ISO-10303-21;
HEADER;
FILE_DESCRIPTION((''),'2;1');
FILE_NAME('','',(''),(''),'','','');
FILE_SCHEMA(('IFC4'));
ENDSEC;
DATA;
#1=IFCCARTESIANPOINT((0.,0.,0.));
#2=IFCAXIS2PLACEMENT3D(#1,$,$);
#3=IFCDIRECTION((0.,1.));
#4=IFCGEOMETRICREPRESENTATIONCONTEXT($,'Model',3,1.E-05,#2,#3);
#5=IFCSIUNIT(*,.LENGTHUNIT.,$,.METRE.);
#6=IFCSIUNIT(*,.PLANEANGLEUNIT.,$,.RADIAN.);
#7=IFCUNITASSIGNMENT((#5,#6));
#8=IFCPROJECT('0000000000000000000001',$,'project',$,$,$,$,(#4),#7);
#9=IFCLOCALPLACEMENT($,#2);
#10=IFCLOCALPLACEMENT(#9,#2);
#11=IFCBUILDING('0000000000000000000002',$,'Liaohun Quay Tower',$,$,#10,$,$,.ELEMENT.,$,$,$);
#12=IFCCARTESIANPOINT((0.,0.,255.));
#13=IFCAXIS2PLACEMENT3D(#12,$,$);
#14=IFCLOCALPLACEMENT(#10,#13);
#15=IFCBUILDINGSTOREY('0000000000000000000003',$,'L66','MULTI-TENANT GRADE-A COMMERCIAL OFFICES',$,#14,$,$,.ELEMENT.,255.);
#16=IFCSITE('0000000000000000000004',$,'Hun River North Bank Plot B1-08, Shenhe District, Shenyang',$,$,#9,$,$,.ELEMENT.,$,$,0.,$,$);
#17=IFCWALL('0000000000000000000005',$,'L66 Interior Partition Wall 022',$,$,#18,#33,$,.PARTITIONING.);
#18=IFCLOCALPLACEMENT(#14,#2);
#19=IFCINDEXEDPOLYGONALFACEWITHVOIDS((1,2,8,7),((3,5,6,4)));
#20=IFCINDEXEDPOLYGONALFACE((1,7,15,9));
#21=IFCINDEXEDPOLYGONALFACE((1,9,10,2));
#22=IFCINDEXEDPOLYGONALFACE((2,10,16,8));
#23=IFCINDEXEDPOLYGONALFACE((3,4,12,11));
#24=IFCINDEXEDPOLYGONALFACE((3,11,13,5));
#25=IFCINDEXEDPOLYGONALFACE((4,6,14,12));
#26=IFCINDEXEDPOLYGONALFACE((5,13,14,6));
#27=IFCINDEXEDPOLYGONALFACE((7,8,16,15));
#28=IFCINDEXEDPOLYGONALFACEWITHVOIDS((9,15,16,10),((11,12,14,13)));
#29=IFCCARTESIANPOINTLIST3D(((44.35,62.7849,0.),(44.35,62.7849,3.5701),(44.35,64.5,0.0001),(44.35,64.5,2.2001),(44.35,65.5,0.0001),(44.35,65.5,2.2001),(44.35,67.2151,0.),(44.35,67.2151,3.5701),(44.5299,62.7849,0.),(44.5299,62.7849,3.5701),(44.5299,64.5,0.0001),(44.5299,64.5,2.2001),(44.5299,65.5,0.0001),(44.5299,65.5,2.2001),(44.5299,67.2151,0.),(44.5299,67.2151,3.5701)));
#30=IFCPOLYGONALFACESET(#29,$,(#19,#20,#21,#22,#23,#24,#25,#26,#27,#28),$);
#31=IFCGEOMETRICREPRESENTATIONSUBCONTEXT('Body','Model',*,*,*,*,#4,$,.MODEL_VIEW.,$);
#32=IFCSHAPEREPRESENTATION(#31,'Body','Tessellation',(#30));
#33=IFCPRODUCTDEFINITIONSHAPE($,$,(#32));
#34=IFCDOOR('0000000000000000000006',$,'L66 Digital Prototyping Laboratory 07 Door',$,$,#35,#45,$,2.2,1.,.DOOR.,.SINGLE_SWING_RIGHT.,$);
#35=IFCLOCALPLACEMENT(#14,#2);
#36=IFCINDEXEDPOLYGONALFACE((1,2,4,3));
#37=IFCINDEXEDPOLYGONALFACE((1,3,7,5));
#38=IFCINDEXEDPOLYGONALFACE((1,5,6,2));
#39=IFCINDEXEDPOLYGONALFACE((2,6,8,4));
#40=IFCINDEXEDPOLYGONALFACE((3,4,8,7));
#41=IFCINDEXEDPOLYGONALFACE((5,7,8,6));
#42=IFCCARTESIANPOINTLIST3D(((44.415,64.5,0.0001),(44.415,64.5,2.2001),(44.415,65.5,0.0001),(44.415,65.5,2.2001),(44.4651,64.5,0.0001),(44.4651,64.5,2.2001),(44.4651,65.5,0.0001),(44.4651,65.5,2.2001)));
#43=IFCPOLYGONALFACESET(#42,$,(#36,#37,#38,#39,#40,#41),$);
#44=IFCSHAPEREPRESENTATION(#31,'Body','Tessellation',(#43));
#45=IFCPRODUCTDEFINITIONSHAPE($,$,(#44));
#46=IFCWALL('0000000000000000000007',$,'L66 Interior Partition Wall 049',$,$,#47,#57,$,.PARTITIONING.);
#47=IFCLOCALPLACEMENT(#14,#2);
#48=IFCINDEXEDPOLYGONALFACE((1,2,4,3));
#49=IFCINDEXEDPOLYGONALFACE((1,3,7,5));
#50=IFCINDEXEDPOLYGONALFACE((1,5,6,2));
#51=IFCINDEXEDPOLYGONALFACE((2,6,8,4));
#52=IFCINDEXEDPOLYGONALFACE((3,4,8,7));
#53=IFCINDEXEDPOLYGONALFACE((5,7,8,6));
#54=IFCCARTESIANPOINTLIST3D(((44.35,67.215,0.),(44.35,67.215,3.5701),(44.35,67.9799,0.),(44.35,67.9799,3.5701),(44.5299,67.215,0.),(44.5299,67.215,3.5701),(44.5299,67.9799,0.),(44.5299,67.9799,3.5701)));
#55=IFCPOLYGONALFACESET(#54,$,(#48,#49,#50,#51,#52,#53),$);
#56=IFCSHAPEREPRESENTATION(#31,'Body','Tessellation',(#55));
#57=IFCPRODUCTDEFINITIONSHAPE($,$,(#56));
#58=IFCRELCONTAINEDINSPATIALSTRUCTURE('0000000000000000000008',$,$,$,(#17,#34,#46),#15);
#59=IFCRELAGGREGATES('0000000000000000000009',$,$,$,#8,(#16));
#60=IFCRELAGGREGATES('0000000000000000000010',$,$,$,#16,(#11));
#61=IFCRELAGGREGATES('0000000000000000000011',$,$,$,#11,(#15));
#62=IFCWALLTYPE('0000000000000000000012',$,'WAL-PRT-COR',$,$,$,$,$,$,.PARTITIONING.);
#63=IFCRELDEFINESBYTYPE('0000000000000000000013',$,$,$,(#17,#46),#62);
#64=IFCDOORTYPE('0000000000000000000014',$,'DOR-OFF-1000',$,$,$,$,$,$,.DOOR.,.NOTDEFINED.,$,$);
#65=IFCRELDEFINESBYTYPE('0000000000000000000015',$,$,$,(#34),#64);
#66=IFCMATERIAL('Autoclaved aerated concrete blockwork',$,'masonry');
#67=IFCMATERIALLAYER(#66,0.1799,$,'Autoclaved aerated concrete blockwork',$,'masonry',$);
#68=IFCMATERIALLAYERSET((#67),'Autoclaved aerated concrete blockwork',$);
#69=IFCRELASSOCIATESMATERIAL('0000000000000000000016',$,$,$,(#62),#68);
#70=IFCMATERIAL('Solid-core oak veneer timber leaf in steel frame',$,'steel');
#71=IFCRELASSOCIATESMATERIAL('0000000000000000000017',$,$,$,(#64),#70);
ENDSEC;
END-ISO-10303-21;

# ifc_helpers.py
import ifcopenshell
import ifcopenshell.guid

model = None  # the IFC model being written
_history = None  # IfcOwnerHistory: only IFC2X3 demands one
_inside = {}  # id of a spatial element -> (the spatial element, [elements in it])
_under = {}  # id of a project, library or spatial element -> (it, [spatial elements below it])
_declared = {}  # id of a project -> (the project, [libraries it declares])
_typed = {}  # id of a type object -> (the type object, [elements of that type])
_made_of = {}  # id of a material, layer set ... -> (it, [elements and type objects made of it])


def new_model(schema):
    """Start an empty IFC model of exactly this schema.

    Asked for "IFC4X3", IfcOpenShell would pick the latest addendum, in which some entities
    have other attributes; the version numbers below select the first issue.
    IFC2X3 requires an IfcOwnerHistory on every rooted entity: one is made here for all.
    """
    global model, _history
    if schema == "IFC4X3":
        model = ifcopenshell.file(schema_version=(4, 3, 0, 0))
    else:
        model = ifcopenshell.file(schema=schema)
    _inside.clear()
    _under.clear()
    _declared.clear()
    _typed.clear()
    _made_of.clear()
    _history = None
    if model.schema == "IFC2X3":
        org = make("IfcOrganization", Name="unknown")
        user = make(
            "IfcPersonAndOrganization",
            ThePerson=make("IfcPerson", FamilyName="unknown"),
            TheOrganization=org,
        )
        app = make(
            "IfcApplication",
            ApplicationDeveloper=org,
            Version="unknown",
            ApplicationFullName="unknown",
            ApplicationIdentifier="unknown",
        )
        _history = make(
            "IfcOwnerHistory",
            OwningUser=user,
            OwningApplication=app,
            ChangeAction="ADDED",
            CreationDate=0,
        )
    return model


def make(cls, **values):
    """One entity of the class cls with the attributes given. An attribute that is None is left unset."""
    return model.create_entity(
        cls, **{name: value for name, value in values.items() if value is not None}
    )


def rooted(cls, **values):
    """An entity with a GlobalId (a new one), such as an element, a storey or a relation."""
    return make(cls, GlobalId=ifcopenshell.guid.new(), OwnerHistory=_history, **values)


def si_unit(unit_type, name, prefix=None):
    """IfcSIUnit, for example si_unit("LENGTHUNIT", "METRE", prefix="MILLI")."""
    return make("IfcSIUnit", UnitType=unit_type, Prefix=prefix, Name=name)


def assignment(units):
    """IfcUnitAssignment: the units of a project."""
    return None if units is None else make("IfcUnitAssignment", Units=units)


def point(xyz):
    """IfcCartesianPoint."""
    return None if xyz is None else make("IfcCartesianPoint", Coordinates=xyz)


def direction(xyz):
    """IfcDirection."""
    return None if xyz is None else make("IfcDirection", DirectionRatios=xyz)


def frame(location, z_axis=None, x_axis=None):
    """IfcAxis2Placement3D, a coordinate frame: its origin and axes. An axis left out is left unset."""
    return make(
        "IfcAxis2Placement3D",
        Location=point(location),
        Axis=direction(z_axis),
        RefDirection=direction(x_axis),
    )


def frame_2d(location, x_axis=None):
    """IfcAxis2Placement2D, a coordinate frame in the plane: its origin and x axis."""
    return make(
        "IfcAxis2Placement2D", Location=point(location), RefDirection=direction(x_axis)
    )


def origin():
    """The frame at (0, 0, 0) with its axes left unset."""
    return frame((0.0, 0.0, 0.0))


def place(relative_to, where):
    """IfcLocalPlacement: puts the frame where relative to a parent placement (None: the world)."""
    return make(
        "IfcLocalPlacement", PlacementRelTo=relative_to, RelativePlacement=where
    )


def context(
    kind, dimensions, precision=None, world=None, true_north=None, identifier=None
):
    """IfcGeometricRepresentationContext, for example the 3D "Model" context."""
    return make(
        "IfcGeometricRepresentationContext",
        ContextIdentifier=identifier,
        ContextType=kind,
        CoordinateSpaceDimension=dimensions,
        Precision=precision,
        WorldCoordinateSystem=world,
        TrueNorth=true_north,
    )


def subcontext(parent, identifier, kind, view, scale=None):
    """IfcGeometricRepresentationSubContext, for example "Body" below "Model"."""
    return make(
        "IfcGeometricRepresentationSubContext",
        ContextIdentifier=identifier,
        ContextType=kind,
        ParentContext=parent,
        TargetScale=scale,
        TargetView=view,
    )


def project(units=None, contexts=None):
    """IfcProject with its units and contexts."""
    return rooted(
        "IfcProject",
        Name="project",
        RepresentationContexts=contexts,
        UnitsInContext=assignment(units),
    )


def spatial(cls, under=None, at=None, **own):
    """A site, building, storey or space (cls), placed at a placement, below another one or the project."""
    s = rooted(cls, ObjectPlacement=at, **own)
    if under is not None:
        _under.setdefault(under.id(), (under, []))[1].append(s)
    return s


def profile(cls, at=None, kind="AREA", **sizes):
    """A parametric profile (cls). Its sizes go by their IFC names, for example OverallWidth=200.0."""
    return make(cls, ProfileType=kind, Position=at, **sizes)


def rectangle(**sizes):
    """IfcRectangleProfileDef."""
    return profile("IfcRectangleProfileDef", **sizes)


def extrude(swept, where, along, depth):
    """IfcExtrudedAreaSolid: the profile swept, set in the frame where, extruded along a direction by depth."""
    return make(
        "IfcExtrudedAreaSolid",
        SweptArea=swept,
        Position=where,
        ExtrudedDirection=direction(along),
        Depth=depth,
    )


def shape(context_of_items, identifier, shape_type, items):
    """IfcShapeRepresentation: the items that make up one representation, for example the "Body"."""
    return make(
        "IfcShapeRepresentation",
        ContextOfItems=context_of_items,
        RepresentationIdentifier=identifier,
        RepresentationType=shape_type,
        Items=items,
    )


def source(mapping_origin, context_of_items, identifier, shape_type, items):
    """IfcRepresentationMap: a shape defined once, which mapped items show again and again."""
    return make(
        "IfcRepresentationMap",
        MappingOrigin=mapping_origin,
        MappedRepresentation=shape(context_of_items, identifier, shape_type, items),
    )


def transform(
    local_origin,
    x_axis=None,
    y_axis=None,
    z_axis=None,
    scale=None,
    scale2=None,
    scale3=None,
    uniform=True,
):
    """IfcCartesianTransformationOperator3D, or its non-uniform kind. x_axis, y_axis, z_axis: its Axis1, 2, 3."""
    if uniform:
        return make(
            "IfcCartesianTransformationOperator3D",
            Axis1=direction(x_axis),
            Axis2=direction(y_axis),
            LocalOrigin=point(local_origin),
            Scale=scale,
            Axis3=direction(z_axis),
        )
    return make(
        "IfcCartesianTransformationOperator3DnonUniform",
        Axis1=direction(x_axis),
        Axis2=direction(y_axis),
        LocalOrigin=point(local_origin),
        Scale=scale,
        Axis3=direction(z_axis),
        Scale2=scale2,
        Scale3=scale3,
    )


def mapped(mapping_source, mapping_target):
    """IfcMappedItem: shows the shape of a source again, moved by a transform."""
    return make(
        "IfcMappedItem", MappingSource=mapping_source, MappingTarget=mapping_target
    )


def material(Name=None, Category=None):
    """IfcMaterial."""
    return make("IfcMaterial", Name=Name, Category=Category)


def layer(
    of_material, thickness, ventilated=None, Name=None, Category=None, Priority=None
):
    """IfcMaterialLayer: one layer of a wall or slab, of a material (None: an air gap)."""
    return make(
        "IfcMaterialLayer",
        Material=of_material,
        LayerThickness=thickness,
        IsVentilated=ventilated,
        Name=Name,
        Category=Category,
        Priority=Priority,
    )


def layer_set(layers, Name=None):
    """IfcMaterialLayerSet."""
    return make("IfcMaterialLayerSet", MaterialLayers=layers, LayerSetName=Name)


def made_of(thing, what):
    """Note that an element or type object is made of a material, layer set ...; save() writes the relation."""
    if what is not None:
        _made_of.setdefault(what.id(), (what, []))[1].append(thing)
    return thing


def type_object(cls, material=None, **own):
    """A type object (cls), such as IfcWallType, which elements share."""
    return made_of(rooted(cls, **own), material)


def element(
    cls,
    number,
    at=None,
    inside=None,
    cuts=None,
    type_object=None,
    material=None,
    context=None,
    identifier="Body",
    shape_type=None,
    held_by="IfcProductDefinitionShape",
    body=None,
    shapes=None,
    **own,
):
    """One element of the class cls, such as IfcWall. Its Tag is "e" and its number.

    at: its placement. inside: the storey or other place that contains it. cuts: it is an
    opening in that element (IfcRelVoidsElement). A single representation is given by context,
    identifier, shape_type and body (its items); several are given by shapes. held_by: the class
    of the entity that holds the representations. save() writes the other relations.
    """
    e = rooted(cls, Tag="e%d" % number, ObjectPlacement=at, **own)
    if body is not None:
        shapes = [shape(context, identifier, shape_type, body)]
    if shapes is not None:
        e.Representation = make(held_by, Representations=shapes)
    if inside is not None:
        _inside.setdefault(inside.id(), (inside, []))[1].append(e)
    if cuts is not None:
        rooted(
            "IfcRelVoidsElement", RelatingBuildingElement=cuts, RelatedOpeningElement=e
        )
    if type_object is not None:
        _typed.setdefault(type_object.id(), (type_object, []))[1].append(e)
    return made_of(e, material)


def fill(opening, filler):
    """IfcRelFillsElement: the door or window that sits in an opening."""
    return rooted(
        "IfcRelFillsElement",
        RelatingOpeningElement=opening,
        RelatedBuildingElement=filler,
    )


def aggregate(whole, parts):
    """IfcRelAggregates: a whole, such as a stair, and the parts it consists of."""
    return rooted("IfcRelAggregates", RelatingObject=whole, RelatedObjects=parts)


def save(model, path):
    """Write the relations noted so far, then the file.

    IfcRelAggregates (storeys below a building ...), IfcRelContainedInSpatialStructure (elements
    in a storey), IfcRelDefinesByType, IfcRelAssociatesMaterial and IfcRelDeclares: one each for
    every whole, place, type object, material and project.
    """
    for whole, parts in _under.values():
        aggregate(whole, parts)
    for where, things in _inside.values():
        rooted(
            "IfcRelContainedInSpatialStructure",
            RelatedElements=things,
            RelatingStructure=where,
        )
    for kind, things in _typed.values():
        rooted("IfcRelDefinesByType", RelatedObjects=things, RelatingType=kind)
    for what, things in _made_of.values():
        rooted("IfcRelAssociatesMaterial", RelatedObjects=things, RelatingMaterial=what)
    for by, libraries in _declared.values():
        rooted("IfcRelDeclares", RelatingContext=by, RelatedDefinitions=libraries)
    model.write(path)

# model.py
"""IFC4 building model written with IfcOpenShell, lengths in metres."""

from ifc_helpers import new_model, si_unit, direction, frame, frame_2d, origin, place, context, subcontext, project, spatial, rectangle, extrude, source, transform, mapped, material, layer, layer_set, type_object, element, fill, save


model = new_model("IFC4")

# Units and contexts
model_context = context("Model", 3, precision=1e-05, world=origin(), true_north=direction((0.0, 1.0)))
body_context = subcontext(model_context, "Body", "Model", "MODEL_VIEW")
ifc_project = project(units=[si_unit("LENGTHUNIT", "METRE"), si_unit("PLANEANGLEUNIT", "RADIAN")], contexts=[model_context])

# Site, building, storey
site_placement = place(None, origin())
site = spatial("IfcSite", under=ifc_project, at=site_placement, Name="Hun River North Bank Plot B1-08, Shenhe District, Shenyang", CompositionType="ELEMENT", RefElevation=0.0)
building_placement = place(site_placement, origin())
building = spatial("IfcBuilding", under=site, at=building_placement, Name="Liaohun Quay Tower", CompositionType="ELEMENT")
storey_placement = place(building_placement, frame((0.0, 0.0, 255.0)))
storey = spatial("IfcBuildingStorey", under=building, at=storey_placement, Name="L66", Description="MULTI-TENANT GRADE-A COMMERCIAL OFFICES", CompositionType="ELEMENT", Elevation=255.0)

# Wall, opening, door
ifc_material_1 = material(Name="Autoclaved aerated concrete blockwork", Category="masonry")
ifc_layer_1 = layer(ifc_material_1, 0.1799, Name="Autoclaved aerated concrete blockwork", Category="masonry")
ifc_layer_set_1 = layer_set([ifc_layer_1], Name="Autoclaved aerated concrete blockwork")
wall_type_1 = type_object("IfcWallType", Name="WAL-PRT-COR", PredefinedType="PARTITIONING", material=ifc_layer_set_1)
wall_1_placement = place(storey_placement, frame((44.4399, 62.7849, 0.0), z_axis=(0.0, 0.0, 1.0), x_axis=(0.0, 1.0, 0.0)))
wall_1 = element("IfcWall", 1, at=wall_1_placement, inside=storey, type_object=wall_type_1, Name="L66 Interior Partition Wall 022", PredefinedType="PARTITIONING", context=body_context, shape_type="SweptSolid", body=[
    extrude(rectangle(XDim=4.4302, YDim=0.1799, at=frame_2d((2.2151, 0.0))), origin(), (0.0, 0.0, 1.0), 3.5701),
])
shared_shape_1 = source(origin(), body_context, "Body", "SweptSolid", [
    extrude(rectangle(XDim=1.0, YDim=2.2, at=frame_2d((0.5, 1.1001))), frame((0.0, 0.0999, 0.0), z_axis=(0.0, -1.0, 0.0), x_axis=(1.0, 0.0, 0.0)), (0.0, 0.0, 1.0), 0.2),
])
opening_1_placement = place(wall_1_placement, frame((1.7151, 0.0, 0.0)))
opening_1 = element("IfcOpeningElement", 2, at=opening_1_placement, cuts=wall_1, PredefinedType="OPENING", context=body_context, shape_type="MappedRepresentation", body=[
    mapped(shared_shape_1, transform((0.0, 0.0, 0.0), x_axis=(1.0, 0.0, 0.0), y_axis=(0.0, 1.0, 0.0), z_axis=(0.0, 0.0, 1.0), scale=1.0)),
])
ifc_material_2 = material(Name="Solid-core oak veneer timber leaf in steel frame", Category="steel")
door_type_1 = type_object("IfcDoorType", Name="DOR-OFF-1000", OperationType="NOTDEFINED", PredefinedType="DOOR", material=ifc_material_2)
shared_shape_2 = source(origin(), body_context, "Body", "SweptSolid", [
    extrude(rectangle(XDim=1.0, YDim=2.2, at=frame_2d((0.5, 1.1001))), frame((0.0, 0.0249, 0.0), z_axis=(0.0, -1.0, 0.0), x_axis=(1.0, 0.0, 0.0)), (0.0, 0.0, 1.0), 0.05),
])
door_1_placement = place(opening_1_placement, origin())
door_1 = element("IfcDoor", 3, at=door_1_placement, inside=storey, type_object=door_type_1, Name="L66 Digital Prototyping Laboratory 07 Door", OperationType="SINGLE_SWING_RIGHT", OverallHeight=2.2, OverallWidth=1.0, PredefinedType="DOOR", context=body_context, shape_type="MappedRepresentation", body=[
    mapped(shared_shape_2, transform((0.0, 0.0, 0.0), x_axis=(1.0, 0.0, 0.0), y_axis=(0.0, 1.0, 0.0), z_axis=(0.0, 0.0, 1.0), scale=1.0)),
])
fill(opening_1, door_1)

# Wall
wall_2_placement = place(storey_placement, frame((44.4399, 67.2151, 0.0), z_axis=(0.0, 0.0, 1.0), x_axis=(0.0, 1.0, 0.0)))
element("IfcWall", 4, at=wall_2_placement, inside=storey, type_object=wall_type_1, Name="L66 Interior Partition Wall 049", PredefinedType="PARTITIONING", context=body_context, shape_type="SweptSolid", body=[
    extrude(rectangle(XDim=0.7649, YDim=0.1799, at=frame_2d((0.3823, 0.0))), origin(), (0.0, 0.0, 1.0), 3.5701),
])

save(model, "model.ifc")
